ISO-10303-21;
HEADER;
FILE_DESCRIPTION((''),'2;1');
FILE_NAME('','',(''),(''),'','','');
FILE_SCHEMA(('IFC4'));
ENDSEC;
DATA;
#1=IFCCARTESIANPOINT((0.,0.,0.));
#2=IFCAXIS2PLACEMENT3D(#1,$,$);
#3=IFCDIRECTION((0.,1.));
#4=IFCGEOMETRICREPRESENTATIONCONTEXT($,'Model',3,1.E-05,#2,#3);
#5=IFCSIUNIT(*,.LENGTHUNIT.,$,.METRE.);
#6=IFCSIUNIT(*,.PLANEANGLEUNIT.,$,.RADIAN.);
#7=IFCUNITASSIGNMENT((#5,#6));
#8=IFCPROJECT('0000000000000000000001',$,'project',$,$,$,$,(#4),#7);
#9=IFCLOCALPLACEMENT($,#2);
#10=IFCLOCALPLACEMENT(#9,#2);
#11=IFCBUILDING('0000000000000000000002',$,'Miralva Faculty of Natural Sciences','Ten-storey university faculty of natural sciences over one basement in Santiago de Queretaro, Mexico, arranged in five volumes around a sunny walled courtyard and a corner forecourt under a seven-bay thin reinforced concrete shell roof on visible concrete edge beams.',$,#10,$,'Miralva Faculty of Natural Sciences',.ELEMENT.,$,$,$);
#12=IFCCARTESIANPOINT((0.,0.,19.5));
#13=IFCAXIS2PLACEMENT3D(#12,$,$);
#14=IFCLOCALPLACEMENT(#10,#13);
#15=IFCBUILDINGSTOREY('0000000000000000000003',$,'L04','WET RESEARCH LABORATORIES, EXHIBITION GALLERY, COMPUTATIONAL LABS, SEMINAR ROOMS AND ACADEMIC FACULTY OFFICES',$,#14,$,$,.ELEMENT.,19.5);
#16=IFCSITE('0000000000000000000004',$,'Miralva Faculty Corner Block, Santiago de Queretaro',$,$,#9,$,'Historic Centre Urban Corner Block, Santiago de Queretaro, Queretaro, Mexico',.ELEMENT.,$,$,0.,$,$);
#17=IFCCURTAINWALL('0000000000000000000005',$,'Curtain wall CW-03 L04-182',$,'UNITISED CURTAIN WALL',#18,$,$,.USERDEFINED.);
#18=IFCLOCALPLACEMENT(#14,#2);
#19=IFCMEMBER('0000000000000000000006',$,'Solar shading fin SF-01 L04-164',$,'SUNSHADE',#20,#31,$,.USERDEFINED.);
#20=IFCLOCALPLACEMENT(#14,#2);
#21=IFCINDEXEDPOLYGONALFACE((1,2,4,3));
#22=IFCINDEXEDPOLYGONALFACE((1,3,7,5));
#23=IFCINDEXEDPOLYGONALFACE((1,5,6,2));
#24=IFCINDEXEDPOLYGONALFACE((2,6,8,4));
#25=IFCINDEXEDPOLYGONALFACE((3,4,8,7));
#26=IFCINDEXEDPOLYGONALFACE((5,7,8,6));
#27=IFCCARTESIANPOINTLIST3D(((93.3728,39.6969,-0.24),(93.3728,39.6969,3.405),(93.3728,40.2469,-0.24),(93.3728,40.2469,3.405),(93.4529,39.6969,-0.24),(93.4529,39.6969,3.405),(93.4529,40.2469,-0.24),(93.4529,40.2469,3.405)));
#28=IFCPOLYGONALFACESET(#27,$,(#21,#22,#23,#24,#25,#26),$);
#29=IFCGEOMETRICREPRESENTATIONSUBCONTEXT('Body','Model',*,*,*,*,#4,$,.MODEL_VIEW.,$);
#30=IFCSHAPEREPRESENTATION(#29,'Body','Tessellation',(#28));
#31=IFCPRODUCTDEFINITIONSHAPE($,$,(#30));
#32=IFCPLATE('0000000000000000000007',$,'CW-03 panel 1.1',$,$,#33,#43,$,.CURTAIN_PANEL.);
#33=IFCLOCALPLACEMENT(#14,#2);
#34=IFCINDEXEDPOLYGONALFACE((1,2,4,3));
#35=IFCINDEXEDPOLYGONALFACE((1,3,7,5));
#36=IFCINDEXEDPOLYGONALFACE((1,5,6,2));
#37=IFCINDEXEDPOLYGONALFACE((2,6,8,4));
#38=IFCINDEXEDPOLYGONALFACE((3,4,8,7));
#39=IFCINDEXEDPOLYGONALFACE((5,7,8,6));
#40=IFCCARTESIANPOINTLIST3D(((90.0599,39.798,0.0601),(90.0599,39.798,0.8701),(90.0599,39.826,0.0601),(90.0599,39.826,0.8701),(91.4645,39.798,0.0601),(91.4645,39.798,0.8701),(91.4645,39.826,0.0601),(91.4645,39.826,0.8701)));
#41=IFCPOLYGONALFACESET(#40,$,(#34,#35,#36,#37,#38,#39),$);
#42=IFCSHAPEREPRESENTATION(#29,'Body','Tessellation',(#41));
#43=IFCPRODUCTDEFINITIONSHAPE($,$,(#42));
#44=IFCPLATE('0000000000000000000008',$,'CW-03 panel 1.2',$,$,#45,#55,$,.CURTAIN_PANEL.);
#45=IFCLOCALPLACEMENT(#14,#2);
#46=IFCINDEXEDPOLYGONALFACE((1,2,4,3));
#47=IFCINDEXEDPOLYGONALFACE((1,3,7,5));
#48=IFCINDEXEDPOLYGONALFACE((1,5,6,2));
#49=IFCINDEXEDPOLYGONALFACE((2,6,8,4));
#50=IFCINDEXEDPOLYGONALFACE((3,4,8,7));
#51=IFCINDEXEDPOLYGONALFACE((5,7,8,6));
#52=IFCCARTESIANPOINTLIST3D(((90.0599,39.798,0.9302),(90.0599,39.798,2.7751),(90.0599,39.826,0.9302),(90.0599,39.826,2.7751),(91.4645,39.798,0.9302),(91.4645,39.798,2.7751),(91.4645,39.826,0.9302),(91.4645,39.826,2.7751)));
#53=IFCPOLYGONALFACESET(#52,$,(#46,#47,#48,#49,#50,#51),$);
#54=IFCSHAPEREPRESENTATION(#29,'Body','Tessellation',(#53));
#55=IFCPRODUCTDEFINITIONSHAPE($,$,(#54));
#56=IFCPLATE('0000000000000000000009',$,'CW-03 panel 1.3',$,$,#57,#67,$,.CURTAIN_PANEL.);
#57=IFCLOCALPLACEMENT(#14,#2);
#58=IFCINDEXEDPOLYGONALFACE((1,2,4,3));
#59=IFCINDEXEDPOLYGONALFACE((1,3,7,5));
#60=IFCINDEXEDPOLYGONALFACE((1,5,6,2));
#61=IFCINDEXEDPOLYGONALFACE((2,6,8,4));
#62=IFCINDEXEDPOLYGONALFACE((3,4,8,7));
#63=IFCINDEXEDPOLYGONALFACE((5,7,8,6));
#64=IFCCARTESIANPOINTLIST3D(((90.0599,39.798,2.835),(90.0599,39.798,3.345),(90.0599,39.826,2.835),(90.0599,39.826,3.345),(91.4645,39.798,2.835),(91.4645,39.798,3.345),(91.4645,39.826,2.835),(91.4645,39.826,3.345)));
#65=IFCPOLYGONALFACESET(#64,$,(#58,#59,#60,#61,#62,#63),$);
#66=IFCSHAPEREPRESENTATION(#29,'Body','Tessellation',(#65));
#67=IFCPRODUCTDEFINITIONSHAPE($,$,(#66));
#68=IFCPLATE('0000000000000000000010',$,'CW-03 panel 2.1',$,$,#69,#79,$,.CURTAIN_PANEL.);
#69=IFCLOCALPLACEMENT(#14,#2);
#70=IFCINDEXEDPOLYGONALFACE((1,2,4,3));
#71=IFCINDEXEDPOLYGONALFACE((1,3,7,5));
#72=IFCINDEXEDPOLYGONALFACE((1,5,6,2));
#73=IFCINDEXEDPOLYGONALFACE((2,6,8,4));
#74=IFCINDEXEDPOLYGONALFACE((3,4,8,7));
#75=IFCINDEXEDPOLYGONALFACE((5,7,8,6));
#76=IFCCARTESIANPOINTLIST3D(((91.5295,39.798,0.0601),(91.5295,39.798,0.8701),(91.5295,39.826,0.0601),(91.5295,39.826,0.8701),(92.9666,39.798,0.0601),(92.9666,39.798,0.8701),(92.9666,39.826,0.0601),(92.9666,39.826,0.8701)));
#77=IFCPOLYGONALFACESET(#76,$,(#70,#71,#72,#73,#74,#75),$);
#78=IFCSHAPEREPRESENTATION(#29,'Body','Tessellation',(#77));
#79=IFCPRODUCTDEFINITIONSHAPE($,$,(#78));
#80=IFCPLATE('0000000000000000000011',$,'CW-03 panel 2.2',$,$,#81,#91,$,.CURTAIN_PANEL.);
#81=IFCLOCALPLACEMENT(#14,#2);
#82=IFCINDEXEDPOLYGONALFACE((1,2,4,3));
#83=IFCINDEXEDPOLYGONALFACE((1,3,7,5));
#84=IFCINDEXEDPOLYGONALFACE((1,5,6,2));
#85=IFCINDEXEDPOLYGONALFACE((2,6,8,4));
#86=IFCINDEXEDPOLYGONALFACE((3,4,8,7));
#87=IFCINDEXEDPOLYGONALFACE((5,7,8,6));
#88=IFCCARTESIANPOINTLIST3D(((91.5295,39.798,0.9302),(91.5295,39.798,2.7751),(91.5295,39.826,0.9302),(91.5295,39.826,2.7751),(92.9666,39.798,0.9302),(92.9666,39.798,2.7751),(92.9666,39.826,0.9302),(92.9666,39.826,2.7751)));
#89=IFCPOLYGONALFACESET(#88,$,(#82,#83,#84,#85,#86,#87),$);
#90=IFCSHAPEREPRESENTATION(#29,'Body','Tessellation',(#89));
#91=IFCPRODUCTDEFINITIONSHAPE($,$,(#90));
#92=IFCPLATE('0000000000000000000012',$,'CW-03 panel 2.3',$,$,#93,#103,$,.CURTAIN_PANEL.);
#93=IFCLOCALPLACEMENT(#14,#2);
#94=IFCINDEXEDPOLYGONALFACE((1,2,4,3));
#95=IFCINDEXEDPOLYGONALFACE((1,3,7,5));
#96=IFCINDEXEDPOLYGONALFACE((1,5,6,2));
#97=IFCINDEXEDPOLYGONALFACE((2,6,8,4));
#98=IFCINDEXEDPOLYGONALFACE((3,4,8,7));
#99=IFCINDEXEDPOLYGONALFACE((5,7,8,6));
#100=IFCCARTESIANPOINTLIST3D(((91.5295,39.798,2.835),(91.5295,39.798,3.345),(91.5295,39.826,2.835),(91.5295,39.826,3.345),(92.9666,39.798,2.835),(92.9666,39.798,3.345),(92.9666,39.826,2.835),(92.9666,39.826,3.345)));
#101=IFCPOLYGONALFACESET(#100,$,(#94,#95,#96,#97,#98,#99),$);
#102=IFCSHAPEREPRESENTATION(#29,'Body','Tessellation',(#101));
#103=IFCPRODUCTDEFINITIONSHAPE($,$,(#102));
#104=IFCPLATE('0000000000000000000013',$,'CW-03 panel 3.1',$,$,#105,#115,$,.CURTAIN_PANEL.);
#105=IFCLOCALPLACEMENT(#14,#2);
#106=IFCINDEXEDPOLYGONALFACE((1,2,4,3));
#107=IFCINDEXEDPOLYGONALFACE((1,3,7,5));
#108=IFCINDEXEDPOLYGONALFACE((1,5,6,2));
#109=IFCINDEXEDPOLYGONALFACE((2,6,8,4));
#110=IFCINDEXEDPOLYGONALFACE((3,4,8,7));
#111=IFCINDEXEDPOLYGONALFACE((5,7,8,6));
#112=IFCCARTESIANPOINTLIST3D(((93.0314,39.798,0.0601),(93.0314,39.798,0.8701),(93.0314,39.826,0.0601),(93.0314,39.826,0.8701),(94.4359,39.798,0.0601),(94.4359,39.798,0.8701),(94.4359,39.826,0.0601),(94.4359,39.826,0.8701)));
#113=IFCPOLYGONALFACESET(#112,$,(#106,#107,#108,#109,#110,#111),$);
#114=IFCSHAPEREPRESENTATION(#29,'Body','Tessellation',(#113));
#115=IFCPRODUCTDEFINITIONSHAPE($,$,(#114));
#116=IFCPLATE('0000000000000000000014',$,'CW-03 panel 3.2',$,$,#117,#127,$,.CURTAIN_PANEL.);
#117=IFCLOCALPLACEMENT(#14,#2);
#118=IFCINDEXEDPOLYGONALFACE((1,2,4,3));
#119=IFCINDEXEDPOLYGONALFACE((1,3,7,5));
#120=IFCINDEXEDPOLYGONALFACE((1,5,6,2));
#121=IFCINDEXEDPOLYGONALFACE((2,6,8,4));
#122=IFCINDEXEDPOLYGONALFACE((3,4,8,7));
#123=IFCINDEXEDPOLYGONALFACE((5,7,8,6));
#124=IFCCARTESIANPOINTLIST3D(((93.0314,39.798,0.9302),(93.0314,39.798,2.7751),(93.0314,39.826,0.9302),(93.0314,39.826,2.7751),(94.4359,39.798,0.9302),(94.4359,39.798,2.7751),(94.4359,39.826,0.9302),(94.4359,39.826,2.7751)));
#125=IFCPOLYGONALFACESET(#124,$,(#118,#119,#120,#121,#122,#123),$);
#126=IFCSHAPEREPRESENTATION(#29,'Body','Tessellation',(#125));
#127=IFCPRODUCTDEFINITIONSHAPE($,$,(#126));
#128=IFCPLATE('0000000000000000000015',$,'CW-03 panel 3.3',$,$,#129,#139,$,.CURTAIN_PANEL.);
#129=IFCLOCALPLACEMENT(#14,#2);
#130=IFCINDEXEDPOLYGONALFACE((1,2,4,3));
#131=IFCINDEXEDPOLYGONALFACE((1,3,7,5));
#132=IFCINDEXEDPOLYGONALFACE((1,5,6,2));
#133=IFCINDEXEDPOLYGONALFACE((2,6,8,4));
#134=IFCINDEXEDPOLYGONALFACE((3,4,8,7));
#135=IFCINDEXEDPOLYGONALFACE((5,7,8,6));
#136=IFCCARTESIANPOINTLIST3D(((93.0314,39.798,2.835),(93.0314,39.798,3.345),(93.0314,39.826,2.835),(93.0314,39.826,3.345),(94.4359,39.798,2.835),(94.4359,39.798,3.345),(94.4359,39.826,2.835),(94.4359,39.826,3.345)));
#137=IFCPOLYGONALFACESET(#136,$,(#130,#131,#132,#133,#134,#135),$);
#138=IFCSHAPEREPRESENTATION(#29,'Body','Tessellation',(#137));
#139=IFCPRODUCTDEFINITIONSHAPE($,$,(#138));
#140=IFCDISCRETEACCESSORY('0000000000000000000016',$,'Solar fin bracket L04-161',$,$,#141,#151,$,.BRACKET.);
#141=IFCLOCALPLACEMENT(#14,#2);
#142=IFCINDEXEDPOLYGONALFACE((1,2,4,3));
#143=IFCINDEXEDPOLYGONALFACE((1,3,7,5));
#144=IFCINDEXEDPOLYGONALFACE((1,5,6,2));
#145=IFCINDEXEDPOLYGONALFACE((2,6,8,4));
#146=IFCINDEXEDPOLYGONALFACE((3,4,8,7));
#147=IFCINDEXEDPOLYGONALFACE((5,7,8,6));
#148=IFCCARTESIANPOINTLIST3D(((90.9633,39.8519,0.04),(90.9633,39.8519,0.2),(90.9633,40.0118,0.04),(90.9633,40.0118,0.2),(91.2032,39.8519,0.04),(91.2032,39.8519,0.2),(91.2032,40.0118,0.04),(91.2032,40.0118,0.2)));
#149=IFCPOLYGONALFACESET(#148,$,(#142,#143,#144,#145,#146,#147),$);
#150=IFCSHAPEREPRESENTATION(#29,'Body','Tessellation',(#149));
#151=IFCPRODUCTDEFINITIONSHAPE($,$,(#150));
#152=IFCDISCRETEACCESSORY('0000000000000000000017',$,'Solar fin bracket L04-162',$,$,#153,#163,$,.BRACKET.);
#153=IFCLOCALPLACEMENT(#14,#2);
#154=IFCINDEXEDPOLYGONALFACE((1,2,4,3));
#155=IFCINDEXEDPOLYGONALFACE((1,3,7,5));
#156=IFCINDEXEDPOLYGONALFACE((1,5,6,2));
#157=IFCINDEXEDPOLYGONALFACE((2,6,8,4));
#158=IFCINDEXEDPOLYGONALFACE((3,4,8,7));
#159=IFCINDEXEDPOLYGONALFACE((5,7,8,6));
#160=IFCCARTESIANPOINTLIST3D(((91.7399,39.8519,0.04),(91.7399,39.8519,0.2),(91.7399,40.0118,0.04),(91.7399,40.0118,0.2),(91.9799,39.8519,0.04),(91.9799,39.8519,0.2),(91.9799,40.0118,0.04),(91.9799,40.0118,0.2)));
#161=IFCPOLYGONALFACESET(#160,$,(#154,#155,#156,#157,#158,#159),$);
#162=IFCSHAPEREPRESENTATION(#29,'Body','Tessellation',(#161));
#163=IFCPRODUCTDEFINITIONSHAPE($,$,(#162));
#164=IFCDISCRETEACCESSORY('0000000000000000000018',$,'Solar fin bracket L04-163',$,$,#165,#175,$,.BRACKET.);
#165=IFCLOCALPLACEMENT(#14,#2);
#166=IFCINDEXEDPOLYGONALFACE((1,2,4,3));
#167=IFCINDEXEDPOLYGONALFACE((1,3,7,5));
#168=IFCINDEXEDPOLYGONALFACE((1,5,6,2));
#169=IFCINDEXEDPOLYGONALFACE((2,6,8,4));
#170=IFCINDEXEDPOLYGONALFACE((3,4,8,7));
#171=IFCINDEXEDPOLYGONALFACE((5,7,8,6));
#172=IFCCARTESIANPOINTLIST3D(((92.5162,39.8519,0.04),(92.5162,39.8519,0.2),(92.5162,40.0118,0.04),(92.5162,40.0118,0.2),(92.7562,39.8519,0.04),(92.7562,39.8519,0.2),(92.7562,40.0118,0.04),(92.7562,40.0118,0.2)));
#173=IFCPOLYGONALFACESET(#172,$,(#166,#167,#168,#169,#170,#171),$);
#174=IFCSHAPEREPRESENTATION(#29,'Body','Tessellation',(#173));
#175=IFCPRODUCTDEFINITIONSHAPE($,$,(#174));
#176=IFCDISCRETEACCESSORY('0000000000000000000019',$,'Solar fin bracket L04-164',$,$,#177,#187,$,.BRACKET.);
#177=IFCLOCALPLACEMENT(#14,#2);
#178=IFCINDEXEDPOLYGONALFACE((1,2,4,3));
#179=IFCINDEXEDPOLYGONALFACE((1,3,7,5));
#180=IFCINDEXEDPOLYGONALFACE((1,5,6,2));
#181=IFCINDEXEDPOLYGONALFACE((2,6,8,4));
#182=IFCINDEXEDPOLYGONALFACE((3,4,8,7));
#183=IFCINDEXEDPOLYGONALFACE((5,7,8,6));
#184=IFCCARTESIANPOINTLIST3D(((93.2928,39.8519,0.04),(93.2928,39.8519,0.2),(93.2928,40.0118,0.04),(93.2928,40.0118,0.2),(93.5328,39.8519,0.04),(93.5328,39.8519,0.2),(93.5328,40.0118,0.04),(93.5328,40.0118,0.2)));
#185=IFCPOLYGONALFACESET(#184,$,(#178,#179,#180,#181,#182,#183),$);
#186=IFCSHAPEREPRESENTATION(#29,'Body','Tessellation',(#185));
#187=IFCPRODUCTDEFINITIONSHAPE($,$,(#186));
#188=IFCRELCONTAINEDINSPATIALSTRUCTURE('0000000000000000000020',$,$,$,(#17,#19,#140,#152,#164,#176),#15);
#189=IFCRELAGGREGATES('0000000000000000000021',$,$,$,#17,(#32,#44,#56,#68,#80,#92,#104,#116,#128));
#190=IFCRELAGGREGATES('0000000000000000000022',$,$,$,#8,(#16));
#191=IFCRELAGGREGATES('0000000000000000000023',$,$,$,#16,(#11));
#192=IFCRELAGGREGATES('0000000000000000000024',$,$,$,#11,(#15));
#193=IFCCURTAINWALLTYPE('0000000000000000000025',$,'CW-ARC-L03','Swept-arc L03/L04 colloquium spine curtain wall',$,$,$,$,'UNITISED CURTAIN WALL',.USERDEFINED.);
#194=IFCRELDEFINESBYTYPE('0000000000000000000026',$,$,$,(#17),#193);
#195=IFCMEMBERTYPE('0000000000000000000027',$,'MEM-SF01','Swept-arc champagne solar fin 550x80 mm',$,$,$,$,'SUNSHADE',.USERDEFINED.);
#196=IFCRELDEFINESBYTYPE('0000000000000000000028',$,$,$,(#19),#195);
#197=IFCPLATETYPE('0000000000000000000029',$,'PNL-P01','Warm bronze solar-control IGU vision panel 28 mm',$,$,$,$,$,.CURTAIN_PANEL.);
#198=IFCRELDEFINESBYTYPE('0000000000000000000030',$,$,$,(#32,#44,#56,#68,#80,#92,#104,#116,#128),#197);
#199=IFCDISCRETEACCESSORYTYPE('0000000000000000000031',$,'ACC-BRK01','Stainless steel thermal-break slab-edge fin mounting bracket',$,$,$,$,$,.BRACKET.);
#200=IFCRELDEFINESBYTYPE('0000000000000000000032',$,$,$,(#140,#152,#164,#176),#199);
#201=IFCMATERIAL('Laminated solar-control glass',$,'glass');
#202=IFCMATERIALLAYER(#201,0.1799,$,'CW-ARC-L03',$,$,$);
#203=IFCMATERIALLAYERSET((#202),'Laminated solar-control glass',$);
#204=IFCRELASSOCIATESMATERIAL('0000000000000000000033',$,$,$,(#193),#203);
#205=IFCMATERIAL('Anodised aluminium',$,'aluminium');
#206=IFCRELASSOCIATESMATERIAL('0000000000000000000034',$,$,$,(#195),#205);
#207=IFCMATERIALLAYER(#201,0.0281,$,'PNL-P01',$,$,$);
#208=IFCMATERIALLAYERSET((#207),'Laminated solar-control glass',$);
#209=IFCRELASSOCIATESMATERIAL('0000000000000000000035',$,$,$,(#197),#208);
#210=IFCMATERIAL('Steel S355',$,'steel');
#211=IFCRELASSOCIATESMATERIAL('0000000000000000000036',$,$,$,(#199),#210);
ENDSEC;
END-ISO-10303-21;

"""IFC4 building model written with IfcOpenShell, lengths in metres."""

from ifc_helpers import new_model, si_unit, direction, frame, origin, origin_2d, place, context, subcontext, project, spatial, rectangle, extrude, material, layer, layer_set, material_profile, profile_set, type_object, element, aggregate, save


model = new_model("IFC4")

# Units and contexts
model_context = context("Model", 3, precision=1e-05, world=origin(), true_north=direction((0.0, 1.0)))
body_context = subcontext(model_context, "Body", "Model", "MODEL_VIEW")
ifc_project = project(units=[si_unit("LENGTHUNIT", "METRE"), si_unit("PLANEANGLEUNIT", "RADIAN")], contexts=[model_context])

# Site, building, storey
site_placement = place(None, origin())
site = spatial("IfcSite", under=ifc_project, at=site_placement, Name="Miralva Faculty Corner Block, Santiago de Queretaro", LongName="Historic Centre Urban Corner Block, Santiago de Queretaro, Queretaro, Mexico", CompositionType="ELEMENT", RefElevation=0.0)
building_placement = place(site_placement, origin())
building = spatial("IfcBuilding", under=site, at=building_placement, Name="Miralva Faculty of Natural Sciences", Description="Ten-storey university faculty of natural sciences over one basement in Santiago de Queretaro, Mexico, arranged in five volumes around a sunny walled courtyard and a corner forecourt under a seven-bay thin reinforced concrete shell roof on visible concrete edge beams.", LongName="Miralva Faculty of Natural Sciences", CompositionType="ELEMENT")
storey_placement = place(building_placement, frame((0.0, 0.0, 19.5)))
storey = spatial("IfcBuildingStorey", under=building, at=storey_placement, Name="L04", Description="WET RESEARCH LABORATORIES, EXHIBITION GALLERY, COMPUTATIONAL LABS, SEMINAR ROOMS AND ACADEMIC FACULTY OFFICES", CompositionType="ELEMENT", Elevation=19.5)

# Curtain wall
ifc_material_1 = material(Name="Laminated solar-control glass", Category="glass")
ifc_layer_1 = layer(ifc_material_1, 0.1799, Name="CW-ARC-L03")
ifc_layer_set_1 = layer_set([ifc_layer_1], Name="Laminated solar-control glass")
curtain_wall_type = type_object("IfcCurtainWallType", Name="CW-ARC-L03", Description="Swept-arc L03/L04 colloquium spine curtain wall", ElementType="UNITISED CURTAIN WALL", PredefinedType="USERDEFINED", material=ifc_layer_set_1)
curtain_wall_placement = place(storey_placement, origin())
curtain_wall = element("IfcCurtainWall", 1, at=curtain_wall_placement, inside=storey, type_object=curtain_wall_type, Name="Curtain wall CW-03 L04-182", ObjectType="UNITISED CURTAIN WALL", PredefinedType="USERDEFINED")
ifc_material_2 = material(Name="Anodised aluminium", Category="aluminium")

# Member
ifc_material_profile_1 = material_profile(ifc_material_2, rectangle(XDim=0.0801, YDim=0.55, at=origin_2d()), Name="FIN 550x80")
ifc_profile_set_1 = profile_set([ifc_material_profile_1], Name="Anodised aluminium")
member_type_1 = type_object("IfcMemberType", Name="MEM-SF01", Description="Swept-arc champagne solar fin 550x80 mm", ElementType="SUNSHADE", PredefinedType="USERDEFINED", material=ifc_profile_set_1)
for number, where, z_axis, x_axis, name in (
    (2, (93.4128, 39.9719, -0.24), (0.0, 0.0, 1.0), (-1.0, 0.0, 0.0), "Solar shading fin SF-01 L04-164"),
):
    element("IfcMember", number, at=place(storey_placement, frame(where, z_axis=z_axis, x_axis=x_axis)), inside=storey, type_object=member_type_1, Name=name, ObjectType="SUNSHADE", PredefinedType="USERDEFINED", context=body_context, shape_type="SweptSolid", body=[
        extrude(rectangle(XDim=0.0801, YDim=0.55, at=origin_2d()), origin(), (0.0, 0.0, 1.0), 3.645),
    ])

# Plates
ifc_layer_2 = layer(ifc_material_1, 0.0281, Name="PNL-P01")
ifc_layer_set_2 = layer_set([ifc_layer_2], Name="Laminated solar-control glass")
plate_type = type_object("IfcPlateType", Name="PNL-P01", Description="Warm bronze solar-control IGU vision panel 28 mm", PredefinedType="CURTAIN_PANEL", material=ifc_layer_set_2)
plate_1_placement = place(storey_placement, frame((90.7622, 39.812, 0.0601), z_axis=(0.0, 0.0, 1.0), x_axis=(1.0, 0.0, 0.0)))
plate_1 = element("IfcPlate", 3, at=plate_1_placement, type_object=plate_type, Name="CW-03 panel 1.1", PredefinedType="CURTAIN_PANEL", context=body_context, shape_type="SweptSolid", body=[
    extrude(rectangle(XDim=1.4045, YDim=0.0281, at=origin_2d()), origin(), (0.0, 0.0, 1.0), 0.8101),
])
plate_2_placement = place(storey_placement, frame((90.7622, 39.812, 0.9302), z_axis=(0.0, 0.0, 1.0), x_axis=(1.0, 0.0, 0.0)))
plate_2 = element("IfcPlate", 4, at=plate_2_placement, type_object=plate_type, Name="CW-03 panel 1.2", PredefinedType="CURTAIN_PANEL", context=body_context, shape_type="SweptSolid", body=[
    extrude(rectangle(XDim=1.4045, YDim=0.0281, at=origin_2d()), origin(), (0.0, 0.0, 1.0), 1.845),
])
plate_3_placement = place(storey_placement, frame((90.7622, 39.812, 2.835), z_axis=(0.0, 0.0, 1.0), x_axis=(1.0, 0.0, 0.0)))
plate_3 = element("IfcPlate", 5, at=plate_3_placement, type_object=plate_type, Name="CW-03 panel 1.3", PredefinedType="CURTAIN_PANEL", context=body_context, shape_type="SweptSolid", body=[
    extrude(rectangle(XDim=1.4045, YDim=0.0281, at=origin_2d()), origin(), (0.0, 0.0, 1.0), 0.51),
])
plate_4_placement = place(storey_placement, frame((92.248, 39.812, 0.0601), z_axis=(0.0, 0.0, 1.0), x_axis=(1.0, 0.0, 0.0)))
plate_4 = element("IfcPlate", 6, at=plate_4_placement, type_object=plate_type, Name="CW-03 panel 2.1", PredefinedType="CURTAIN_PANEL", context=body_context, shape_type="SweptSolid", body=[
    extrude(rectangle(XDim=1.437, YDim=0.0281, at=origin_2d()), origin(), (0.0, 0.0, 1.0), 0.8101),
])
plate_5_placement = place(storey_placement, frame((92.248, 39.812, 0.9302), z_axis=(0.0, 0.0, 1.0), x_axis=(1.0, 0.0, 0.0)))
plate_5 = element("IfcPlate", 7, at=plate_5_placement, type_object=plate_type, Name="CW-03 panel 2.2", PredefinedType="CURTAIN_PANEL", context=body_context, shape_type="SweptSolid", body=[
    extrude(rectangle(XDim=1.437, YDim=0.0281, at=origin_2d()), origin(), (0.0, 0.0, 1.0), 1.845),
])
plate_6_placement = place(storey_placement, frame((92.248, 39.812, 2.835), z_axis=(0.0, 0.0, 1.0), x_axis=(1.0, 0.0, 0.0)))
plate_6 = element("IfcPlate", 8, at=plate_6_placement, type_object=plate_type, Name="CW-03 panel 2.3", PredefinedType="CURTAIN_PANEL", context=body_context, shape_type="SweptSolid", body=[
    extrude(rectangle(XDim=1.437, YDim=0.0281, at=origin_2d()), origin(), (0.0, 0.0, 1.0), 0.51),
])
plate_7_placement = place(storey_placement, frame((93.7336, 39.812, 0.0601), z_axis=(0.0, 0.0, 1.0), x_axis=(1.0, 0.0, 0.0)))
plate_7 = element("IfcPlate", 9, at=plate_7_placement, type_object=plate_type, Name="CW-03 panel 3.1", PredefinedType="CURTAIN_PANEL", context=body_context, shape_type="SweptSolid", body=[
    extrude(rectangle(XDim=1.4045, YDim=0.0281, at=origin_2d()), origin(), (0.0, 0.0, 1.0), 0.8101),
])
plate_8_placement = place(storey_placement, frame((93.7336, 39.812, 0.9302), z_axis=(0.0, 0.0, 1.0), x_axis=(1.0, 0.0, 0.0)))
plate_8 = element("IfcPlate", 10, at=plate_8_placement, type_object=plate_type, Name="CW-03 panel 3.2", PredefinedType="CURTAIN_PANEL", context=body_context, shape_type="SweptSolid", body=[
    extrude(rectangle(XDim=1.4045, YDim=0.0281, at=origin_2d()), origin(), (0.0, 0.0, 1.0), 1.845),
])
plate_9_placement = place(storey_placement, frame((93.7336, 39.812, 2.835), z_axis=(0.0, 0.0, 1.0), x_axis=(1.0, 0.0, 0.0)))
plate_9 = element("IfcPlate", 11, at=plate_9_placement, type_object=plate_type, Name="CW-03 panel 3.3", PredefinedType="CURTAIN_PANEL", context=body_context, shape_type="SweptSolid", body=[
    extrude(rectangle(XDim=1.4045, YDim=0.0281, at=origin_2d()), origin(), (0.0, 0.0, 1.0), 0.51),
])
aggregate(curtain_wall, [plate_1, plate_2, plate_3, plate_4, plate_5, plate_6, plate_7, plate_8, plate_9])

# Discrete accessories
ifc_material_3 = material(Name="Steel S355", Category="steel")
discrete_accessory_type = type_object("IfcDiscreteAccessoryType", Name="ACC-BRK01", Description="Stainless steel thermal-break slab-edge fin mounting bracket", PredefinedType="BRACKET", material=ifc_material_3)
for number, where, z_axis, x_axis, name in (
    (12, (91.0833, 39.9319, 0.04), (0.0, 0.0, 1.0), (0.0, 1.0, 0.0), "Solar fin bracket L04-161"),
    (13, (91.8599, 39.9319, 0.04), (0.0, 0.0, 1.0), (0.0, 1.0, 0.0), "Solar fin bracket L04-162"),
    (14, (92.6362, 39.9319, 0.04), (0.0, 0.0, 1.0), (0.0, 1.0, 0.0), "Solar fin bracket L04-163"),
    (15, (93.4128, 39.9319, 0.04), (0.0, 0.0, 1.0), (0.0, 1.0, 0.0), "Solar fin bracket L04-164"),
):
    element("IfcDiscreteAccessory", number, at=place(storey_placement, frame(where, z_axis=z_axis, x_axis=x_axis)), inside=storey, type_object=discrete_accessory_type, Name=name, PredefinedType="BRACKET", context=body_context, shape_type="SweptSolid", body=[
        extrude(rectangle(XDim=0.1599, YDim=0.24, at=origin_2d()), origin(), (0.0, 0.0, 1.0), 0.1599),
    ])

save(model, "model.ifc")
